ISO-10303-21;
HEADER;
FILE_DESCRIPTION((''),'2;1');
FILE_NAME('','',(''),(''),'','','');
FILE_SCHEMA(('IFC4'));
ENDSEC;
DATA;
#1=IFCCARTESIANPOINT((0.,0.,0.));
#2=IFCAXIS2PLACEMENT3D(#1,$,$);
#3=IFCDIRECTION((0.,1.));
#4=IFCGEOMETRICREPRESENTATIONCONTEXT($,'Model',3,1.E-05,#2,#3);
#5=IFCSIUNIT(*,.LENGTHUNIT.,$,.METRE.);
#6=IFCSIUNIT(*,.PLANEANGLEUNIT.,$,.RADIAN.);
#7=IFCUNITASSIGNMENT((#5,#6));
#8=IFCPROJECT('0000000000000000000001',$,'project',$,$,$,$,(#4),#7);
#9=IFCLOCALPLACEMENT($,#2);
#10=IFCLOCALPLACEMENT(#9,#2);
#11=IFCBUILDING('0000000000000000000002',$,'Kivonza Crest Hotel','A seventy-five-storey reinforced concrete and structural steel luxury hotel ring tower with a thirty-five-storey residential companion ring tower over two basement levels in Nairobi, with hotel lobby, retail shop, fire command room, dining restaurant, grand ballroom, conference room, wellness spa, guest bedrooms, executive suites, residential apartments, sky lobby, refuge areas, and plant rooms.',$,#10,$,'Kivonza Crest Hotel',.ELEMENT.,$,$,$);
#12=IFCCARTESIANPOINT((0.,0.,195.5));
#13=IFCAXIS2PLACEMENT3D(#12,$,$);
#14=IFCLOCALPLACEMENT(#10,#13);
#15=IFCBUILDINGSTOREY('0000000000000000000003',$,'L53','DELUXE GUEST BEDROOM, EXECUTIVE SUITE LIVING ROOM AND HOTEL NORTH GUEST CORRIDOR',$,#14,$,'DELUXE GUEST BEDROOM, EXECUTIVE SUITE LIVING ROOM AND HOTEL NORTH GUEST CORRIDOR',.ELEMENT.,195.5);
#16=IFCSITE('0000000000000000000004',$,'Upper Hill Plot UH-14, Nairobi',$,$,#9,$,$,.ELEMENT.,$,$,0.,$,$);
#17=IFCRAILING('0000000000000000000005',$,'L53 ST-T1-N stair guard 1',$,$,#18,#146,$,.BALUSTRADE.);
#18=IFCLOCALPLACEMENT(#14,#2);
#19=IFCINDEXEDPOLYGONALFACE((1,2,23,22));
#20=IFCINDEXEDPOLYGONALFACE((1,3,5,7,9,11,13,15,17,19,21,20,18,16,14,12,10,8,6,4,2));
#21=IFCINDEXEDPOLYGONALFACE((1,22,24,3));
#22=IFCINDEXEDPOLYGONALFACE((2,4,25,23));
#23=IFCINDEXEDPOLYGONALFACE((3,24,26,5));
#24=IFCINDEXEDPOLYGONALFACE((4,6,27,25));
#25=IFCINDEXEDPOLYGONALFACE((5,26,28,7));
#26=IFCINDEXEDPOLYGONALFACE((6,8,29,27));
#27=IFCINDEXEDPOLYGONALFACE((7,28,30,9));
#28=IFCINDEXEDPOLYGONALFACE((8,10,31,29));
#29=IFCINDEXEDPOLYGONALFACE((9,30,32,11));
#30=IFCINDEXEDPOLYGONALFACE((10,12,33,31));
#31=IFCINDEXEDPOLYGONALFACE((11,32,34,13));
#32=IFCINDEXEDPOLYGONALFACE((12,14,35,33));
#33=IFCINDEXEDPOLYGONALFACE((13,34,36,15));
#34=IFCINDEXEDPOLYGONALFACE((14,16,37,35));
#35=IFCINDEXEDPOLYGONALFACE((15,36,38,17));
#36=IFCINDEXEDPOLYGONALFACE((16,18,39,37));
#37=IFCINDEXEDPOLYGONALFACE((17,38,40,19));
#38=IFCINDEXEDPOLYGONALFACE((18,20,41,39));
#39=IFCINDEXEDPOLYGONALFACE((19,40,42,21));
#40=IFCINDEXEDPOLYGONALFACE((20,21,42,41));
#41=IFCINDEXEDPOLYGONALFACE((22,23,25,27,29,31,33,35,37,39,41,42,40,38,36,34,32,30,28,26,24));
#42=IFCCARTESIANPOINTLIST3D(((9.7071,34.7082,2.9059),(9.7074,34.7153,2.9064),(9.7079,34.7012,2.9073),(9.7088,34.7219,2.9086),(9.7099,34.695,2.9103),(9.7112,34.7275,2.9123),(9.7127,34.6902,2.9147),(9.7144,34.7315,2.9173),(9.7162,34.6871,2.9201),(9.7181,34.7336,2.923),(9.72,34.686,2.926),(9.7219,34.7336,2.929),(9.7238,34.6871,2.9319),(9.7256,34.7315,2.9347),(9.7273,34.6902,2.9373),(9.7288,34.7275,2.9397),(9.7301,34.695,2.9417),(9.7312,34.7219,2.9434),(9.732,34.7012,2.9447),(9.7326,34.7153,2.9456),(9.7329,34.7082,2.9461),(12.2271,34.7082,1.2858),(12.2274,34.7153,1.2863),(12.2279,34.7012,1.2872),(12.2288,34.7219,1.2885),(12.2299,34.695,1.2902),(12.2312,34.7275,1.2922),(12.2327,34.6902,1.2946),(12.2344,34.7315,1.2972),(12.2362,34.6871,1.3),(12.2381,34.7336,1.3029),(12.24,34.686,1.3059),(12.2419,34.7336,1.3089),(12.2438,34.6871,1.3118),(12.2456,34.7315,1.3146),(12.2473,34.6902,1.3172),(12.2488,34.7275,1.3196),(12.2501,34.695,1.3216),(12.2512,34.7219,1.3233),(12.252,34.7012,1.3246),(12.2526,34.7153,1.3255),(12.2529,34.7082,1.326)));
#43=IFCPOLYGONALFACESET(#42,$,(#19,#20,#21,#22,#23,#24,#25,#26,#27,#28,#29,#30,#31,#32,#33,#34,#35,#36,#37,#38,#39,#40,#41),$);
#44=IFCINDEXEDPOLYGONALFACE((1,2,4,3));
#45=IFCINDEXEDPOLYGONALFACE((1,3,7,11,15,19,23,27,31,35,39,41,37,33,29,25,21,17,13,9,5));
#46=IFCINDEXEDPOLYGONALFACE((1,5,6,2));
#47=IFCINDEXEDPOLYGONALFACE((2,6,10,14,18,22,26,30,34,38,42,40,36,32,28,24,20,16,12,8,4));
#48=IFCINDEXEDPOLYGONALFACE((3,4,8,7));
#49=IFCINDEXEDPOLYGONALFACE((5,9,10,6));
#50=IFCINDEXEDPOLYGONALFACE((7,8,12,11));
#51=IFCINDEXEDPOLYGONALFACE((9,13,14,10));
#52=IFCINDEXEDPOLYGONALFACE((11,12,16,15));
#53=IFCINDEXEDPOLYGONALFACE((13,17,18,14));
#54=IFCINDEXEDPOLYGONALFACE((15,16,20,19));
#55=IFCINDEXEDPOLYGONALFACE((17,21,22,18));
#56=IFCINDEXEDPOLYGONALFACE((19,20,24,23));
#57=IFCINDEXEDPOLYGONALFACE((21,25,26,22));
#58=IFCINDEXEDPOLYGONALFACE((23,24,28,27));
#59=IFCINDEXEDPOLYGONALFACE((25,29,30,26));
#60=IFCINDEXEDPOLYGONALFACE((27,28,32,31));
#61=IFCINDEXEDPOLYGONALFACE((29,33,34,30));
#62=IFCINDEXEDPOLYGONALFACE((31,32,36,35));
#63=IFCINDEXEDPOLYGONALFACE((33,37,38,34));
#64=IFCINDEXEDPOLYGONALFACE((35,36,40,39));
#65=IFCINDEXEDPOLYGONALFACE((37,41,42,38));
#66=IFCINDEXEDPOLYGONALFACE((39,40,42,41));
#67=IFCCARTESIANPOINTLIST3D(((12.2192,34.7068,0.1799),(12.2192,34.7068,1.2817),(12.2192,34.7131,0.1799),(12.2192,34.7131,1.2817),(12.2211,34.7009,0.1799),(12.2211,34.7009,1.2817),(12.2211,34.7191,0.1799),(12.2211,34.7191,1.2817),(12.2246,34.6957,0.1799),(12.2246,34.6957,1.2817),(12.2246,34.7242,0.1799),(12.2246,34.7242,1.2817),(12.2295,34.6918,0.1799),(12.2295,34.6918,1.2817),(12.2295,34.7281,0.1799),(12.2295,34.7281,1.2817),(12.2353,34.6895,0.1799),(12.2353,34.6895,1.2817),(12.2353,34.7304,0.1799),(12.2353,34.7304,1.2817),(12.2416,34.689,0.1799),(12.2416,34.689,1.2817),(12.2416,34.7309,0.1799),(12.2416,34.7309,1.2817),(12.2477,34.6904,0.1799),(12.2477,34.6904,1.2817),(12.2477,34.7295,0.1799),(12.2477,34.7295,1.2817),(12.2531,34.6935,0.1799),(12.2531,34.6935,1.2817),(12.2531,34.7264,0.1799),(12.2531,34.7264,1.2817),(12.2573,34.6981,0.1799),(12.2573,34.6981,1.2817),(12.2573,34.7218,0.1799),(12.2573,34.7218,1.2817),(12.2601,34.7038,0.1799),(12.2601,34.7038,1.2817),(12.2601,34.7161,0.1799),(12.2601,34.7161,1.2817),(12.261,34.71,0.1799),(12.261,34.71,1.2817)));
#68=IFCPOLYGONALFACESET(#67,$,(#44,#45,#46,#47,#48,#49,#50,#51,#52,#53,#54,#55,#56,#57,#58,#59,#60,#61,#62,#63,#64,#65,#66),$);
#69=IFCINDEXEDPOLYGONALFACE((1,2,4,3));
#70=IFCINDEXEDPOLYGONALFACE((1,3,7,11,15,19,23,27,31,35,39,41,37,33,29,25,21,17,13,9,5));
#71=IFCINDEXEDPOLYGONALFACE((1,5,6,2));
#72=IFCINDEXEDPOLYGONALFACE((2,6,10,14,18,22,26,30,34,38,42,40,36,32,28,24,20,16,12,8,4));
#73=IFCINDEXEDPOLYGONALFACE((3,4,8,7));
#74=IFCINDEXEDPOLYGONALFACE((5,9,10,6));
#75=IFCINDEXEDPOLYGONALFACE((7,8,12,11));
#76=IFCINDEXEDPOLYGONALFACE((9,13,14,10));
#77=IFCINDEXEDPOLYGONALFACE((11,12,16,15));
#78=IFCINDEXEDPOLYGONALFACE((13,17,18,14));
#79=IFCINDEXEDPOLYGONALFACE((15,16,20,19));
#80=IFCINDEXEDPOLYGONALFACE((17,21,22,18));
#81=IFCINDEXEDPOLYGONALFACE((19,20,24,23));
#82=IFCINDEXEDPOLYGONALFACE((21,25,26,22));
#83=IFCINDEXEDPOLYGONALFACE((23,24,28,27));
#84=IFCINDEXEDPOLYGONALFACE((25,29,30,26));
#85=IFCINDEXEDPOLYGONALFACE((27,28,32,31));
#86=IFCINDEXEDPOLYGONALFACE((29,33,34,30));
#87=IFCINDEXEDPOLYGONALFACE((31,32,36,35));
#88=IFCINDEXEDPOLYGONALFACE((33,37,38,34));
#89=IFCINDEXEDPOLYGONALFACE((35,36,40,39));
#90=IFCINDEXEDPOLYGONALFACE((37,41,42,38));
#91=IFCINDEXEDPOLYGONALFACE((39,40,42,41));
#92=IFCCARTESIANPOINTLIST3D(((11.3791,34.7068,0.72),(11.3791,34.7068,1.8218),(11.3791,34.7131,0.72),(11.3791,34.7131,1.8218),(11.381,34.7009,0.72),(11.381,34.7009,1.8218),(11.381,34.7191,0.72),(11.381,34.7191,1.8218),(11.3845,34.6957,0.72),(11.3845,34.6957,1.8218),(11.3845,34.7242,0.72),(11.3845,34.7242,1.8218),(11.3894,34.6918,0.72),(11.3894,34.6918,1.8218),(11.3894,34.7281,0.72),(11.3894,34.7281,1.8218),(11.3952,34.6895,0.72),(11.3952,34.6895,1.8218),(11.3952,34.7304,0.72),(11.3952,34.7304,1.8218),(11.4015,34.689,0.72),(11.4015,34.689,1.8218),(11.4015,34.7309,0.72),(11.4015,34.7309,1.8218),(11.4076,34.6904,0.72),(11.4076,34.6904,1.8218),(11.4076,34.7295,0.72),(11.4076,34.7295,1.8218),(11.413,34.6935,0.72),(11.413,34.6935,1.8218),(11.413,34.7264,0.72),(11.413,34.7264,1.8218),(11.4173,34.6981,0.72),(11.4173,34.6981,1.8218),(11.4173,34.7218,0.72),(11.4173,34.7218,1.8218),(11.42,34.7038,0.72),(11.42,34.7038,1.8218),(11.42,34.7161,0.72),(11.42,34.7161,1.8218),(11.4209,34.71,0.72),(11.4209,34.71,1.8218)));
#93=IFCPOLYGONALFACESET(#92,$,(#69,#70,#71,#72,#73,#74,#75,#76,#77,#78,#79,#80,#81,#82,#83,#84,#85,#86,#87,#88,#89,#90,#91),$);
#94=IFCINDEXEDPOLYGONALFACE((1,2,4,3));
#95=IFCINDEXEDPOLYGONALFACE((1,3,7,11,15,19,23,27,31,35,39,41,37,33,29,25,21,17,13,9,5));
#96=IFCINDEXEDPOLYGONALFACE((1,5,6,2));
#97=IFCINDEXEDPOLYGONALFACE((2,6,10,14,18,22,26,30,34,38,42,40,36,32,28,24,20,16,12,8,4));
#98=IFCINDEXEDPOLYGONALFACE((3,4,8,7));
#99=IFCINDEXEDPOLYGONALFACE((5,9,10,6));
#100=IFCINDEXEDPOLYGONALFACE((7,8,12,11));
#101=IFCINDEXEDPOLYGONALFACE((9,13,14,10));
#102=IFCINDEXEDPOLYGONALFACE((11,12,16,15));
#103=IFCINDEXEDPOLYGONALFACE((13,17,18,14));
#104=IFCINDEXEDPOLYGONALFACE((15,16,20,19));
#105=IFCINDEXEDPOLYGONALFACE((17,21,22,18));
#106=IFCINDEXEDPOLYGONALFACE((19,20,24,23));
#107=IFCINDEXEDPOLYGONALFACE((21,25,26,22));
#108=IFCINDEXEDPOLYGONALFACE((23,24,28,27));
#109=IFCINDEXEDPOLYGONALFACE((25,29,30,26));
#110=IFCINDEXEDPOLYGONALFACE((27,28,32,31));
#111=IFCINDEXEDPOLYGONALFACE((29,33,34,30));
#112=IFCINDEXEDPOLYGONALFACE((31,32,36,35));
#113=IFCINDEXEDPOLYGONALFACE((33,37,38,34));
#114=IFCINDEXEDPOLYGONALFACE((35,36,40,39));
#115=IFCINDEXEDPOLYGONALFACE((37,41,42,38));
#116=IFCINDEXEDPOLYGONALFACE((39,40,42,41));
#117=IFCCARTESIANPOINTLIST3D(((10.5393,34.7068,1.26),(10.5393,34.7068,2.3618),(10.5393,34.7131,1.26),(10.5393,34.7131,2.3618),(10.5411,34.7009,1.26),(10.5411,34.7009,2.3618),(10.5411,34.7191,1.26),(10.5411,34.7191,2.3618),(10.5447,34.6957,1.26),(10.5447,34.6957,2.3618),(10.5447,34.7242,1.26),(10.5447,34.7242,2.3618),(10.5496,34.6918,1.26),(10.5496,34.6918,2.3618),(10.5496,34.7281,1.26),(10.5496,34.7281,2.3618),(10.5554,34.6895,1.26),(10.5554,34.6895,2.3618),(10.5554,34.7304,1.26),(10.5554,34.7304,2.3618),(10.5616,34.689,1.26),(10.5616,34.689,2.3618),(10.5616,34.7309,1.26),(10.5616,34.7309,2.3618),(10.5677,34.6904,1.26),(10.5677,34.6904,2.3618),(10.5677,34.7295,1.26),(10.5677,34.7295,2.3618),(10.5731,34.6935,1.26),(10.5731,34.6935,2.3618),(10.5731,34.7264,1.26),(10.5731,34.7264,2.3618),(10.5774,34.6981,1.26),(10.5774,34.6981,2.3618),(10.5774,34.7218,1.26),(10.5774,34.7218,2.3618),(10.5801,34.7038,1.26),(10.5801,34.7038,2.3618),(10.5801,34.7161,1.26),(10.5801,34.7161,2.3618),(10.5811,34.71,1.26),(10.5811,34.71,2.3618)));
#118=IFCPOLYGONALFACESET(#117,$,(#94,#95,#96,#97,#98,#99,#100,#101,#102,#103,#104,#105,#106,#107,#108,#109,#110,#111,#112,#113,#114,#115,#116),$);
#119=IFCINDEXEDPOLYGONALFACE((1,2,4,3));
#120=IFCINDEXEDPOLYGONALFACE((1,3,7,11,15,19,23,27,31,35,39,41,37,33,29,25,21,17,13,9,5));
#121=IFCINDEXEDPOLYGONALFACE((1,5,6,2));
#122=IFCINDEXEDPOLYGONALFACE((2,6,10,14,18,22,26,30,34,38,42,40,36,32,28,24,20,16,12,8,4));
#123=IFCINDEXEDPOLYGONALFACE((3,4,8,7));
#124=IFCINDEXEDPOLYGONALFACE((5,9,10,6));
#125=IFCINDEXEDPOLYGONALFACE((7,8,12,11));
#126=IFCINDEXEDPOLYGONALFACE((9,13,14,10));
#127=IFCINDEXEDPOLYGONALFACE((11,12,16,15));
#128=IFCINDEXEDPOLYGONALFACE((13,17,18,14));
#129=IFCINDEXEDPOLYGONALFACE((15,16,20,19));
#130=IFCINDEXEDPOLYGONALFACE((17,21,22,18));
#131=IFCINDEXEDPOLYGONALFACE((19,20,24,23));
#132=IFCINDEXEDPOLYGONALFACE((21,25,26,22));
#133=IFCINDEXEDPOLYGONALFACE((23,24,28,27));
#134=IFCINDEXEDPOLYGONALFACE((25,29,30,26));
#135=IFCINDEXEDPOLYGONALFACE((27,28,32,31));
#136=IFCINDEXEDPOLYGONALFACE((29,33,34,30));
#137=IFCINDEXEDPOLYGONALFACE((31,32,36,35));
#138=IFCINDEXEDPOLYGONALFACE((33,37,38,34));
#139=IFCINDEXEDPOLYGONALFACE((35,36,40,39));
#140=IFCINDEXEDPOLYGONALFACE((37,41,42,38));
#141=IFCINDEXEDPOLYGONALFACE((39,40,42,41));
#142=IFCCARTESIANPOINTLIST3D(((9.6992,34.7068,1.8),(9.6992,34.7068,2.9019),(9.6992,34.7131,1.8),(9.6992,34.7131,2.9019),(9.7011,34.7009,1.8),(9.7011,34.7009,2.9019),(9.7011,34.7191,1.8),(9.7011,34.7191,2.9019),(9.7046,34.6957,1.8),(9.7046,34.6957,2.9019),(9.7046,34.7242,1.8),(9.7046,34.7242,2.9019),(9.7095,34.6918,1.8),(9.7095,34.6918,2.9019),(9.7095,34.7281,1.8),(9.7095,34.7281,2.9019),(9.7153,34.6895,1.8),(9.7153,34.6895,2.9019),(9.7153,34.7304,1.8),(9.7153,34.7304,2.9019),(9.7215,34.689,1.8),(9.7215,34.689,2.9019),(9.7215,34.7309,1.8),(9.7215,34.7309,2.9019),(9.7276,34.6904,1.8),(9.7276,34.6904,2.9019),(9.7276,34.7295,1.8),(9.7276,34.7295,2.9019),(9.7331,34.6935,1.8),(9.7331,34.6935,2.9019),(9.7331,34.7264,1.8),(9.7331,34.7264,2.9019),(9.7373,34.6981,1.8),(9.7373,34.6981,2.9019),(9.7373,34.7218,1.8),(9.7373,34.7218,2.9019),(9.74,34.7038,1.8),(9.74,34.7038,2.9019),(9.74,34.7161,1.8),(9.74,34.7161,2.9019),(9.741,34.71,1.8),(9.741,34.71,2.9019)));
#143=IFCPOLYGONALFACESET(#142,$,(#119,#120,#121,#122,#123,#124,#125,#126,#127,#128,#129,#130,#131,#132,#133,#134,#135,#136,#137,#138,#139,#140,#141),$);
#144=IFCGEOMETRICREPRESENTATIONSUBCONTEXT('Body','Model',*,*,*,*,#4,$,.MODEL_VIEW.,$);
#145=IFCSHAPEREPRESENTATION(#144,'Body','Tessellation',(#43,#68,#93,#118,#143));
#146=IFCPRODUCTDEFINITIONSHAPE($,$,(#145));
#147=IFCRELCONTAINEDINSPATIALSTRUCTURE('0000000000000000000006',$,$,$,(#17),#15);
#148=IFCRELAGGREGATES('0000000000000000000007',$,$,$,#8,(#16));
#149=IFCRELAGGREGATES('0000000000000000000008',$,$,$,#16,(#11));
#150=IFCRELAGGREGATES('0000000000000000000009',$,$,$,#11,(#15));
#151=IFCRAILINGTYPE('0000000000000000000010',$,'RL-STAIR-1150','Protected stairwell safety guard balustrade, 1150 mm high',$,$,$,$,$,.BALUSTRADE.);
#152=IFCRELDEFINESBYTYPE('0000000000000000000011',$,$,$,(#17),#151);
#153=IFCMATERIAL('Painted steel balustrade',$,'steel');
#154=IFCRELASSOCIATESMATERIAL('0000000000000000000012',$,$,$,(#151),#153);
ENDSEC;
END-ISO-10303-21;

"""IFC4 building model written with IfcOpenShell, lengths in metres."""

from ifc_helpers import new_model, si_unit, direction, frame, origin, origin_2d, place, context, subcontext, project, spatial, circle, extrude, material, type_object, element, save


model = new_model("IFC4")

# Units and contexts
model_context = context("Model", 3, precision=1e-05, world=origin(), true_north=direction((0.0, 1.0)))
body_context = subcontext(model_context, "Body", "Model", "MODEL_VIEW")
ifc_project = project(units=[si_unit("LENGTHUNIT", "METRE"), si_unit("PLANEANGLEUNIT", "RADIAN")], contexts=[model_context])

# Site, building, storey
site_placement = place(None, origin())
site = spatial("IfcSite", under=ifc_project, at=site_placement, Name="Upper Hill Plot UH-14, Nairobi", CompositionType="ELEMENT", RefElevation=0.0)
building_placement = place(site_placement, origin())
building = spatial("IfcBuilding", under=site, at=building_placement, Name="Kivonza Crest Hotel", Description="A seventy-five-storey reinforced concrete and structural steel luxury hotel ring tower with a thirty-five-storey residential companion ring tower over two basement levels in Nairobi, with hotel lobby, retail shop, fire command room, dining restaurant, grand ballroom, conference room, wellness spa, guest bedrooms, executive suites, residential apartments, sky lobby, refuge areas, and plant rooms.", LongName="Kivonza Crest Hotel", CompositionType="ELEMENT")
storey_placement = place(building_placement, frame((0.0, 0.0, 195.5)))
storey = spatial("IfcBuildingStorey", under=building, at=storey_placement, Name="L53", Description="DELUXE GUEST BEDROOM, EXECUTIVE SUITE LIVING ROOM AND HOTEL NORTH GUEST CORRIDOR", LongName="DELUXE GUEST BEDROOM, EXECUTIVE SUITE LIVING ROOM AND HOTEL NORTH GUEST CORRIDOR", CompositionType="ELEMENT", Elevation=195.5)

# Railing
ifc_material_1 = material(Name="Painted steel balustrade", Category="steel")
railing_type_1 = type_object("IfcRailingType", Name="RL-STAIR-1150", Description="Protected stairwell safety guard balustrade, 1150 mm high", PredefinedType="BALUSTRADE", material=ifc_material_1)
railing_1_placement = place(storey_placement, frame((12.24, 34.71, 0.1799)))
element("IfcRailing", 1, at=railing_1_placement, inside=storey, type_object=railing_type_1, Name="L53 ST-T1-N stair guard 1", PredefinedType="BALUSTRADE", context=body_context, shape_type="SweptSolid", body=[
    extrude(circle(Radius=0.0239, at=origin_2d()), frame((0.0, 0.0, 1.126), z_axis=(-0.841163, 0.0, 0.540782), x_axis=(0.0, -1.0, 0.0)), (0.0, 0.0, 1.0), 2.9958),
    extrude(circle(Radius=0.021, at=origin_2d()), origin(), (0.0, 0.0, 1.0), 1.1018),
    extrude(circle(Radius=0.021, at=origin_2d()), frame((-0.8401, 0.0, 0.54)), (0.0, 0.0, 1.0), 1.1018),
    extrude(circle(Radius=0.021, at=origin_2d()), frame((-1.6799, 0.0, 1.0801)), (0.0, 0.0, 1.0), 1.1018),
    extrude(circle(Radius=0.021, at=origin_2d()), frame((-2.52, 0.0, 1.6201)), (0.0, 0.0, 1.0), 1.1018),
])

save(model, "model.ifc")
